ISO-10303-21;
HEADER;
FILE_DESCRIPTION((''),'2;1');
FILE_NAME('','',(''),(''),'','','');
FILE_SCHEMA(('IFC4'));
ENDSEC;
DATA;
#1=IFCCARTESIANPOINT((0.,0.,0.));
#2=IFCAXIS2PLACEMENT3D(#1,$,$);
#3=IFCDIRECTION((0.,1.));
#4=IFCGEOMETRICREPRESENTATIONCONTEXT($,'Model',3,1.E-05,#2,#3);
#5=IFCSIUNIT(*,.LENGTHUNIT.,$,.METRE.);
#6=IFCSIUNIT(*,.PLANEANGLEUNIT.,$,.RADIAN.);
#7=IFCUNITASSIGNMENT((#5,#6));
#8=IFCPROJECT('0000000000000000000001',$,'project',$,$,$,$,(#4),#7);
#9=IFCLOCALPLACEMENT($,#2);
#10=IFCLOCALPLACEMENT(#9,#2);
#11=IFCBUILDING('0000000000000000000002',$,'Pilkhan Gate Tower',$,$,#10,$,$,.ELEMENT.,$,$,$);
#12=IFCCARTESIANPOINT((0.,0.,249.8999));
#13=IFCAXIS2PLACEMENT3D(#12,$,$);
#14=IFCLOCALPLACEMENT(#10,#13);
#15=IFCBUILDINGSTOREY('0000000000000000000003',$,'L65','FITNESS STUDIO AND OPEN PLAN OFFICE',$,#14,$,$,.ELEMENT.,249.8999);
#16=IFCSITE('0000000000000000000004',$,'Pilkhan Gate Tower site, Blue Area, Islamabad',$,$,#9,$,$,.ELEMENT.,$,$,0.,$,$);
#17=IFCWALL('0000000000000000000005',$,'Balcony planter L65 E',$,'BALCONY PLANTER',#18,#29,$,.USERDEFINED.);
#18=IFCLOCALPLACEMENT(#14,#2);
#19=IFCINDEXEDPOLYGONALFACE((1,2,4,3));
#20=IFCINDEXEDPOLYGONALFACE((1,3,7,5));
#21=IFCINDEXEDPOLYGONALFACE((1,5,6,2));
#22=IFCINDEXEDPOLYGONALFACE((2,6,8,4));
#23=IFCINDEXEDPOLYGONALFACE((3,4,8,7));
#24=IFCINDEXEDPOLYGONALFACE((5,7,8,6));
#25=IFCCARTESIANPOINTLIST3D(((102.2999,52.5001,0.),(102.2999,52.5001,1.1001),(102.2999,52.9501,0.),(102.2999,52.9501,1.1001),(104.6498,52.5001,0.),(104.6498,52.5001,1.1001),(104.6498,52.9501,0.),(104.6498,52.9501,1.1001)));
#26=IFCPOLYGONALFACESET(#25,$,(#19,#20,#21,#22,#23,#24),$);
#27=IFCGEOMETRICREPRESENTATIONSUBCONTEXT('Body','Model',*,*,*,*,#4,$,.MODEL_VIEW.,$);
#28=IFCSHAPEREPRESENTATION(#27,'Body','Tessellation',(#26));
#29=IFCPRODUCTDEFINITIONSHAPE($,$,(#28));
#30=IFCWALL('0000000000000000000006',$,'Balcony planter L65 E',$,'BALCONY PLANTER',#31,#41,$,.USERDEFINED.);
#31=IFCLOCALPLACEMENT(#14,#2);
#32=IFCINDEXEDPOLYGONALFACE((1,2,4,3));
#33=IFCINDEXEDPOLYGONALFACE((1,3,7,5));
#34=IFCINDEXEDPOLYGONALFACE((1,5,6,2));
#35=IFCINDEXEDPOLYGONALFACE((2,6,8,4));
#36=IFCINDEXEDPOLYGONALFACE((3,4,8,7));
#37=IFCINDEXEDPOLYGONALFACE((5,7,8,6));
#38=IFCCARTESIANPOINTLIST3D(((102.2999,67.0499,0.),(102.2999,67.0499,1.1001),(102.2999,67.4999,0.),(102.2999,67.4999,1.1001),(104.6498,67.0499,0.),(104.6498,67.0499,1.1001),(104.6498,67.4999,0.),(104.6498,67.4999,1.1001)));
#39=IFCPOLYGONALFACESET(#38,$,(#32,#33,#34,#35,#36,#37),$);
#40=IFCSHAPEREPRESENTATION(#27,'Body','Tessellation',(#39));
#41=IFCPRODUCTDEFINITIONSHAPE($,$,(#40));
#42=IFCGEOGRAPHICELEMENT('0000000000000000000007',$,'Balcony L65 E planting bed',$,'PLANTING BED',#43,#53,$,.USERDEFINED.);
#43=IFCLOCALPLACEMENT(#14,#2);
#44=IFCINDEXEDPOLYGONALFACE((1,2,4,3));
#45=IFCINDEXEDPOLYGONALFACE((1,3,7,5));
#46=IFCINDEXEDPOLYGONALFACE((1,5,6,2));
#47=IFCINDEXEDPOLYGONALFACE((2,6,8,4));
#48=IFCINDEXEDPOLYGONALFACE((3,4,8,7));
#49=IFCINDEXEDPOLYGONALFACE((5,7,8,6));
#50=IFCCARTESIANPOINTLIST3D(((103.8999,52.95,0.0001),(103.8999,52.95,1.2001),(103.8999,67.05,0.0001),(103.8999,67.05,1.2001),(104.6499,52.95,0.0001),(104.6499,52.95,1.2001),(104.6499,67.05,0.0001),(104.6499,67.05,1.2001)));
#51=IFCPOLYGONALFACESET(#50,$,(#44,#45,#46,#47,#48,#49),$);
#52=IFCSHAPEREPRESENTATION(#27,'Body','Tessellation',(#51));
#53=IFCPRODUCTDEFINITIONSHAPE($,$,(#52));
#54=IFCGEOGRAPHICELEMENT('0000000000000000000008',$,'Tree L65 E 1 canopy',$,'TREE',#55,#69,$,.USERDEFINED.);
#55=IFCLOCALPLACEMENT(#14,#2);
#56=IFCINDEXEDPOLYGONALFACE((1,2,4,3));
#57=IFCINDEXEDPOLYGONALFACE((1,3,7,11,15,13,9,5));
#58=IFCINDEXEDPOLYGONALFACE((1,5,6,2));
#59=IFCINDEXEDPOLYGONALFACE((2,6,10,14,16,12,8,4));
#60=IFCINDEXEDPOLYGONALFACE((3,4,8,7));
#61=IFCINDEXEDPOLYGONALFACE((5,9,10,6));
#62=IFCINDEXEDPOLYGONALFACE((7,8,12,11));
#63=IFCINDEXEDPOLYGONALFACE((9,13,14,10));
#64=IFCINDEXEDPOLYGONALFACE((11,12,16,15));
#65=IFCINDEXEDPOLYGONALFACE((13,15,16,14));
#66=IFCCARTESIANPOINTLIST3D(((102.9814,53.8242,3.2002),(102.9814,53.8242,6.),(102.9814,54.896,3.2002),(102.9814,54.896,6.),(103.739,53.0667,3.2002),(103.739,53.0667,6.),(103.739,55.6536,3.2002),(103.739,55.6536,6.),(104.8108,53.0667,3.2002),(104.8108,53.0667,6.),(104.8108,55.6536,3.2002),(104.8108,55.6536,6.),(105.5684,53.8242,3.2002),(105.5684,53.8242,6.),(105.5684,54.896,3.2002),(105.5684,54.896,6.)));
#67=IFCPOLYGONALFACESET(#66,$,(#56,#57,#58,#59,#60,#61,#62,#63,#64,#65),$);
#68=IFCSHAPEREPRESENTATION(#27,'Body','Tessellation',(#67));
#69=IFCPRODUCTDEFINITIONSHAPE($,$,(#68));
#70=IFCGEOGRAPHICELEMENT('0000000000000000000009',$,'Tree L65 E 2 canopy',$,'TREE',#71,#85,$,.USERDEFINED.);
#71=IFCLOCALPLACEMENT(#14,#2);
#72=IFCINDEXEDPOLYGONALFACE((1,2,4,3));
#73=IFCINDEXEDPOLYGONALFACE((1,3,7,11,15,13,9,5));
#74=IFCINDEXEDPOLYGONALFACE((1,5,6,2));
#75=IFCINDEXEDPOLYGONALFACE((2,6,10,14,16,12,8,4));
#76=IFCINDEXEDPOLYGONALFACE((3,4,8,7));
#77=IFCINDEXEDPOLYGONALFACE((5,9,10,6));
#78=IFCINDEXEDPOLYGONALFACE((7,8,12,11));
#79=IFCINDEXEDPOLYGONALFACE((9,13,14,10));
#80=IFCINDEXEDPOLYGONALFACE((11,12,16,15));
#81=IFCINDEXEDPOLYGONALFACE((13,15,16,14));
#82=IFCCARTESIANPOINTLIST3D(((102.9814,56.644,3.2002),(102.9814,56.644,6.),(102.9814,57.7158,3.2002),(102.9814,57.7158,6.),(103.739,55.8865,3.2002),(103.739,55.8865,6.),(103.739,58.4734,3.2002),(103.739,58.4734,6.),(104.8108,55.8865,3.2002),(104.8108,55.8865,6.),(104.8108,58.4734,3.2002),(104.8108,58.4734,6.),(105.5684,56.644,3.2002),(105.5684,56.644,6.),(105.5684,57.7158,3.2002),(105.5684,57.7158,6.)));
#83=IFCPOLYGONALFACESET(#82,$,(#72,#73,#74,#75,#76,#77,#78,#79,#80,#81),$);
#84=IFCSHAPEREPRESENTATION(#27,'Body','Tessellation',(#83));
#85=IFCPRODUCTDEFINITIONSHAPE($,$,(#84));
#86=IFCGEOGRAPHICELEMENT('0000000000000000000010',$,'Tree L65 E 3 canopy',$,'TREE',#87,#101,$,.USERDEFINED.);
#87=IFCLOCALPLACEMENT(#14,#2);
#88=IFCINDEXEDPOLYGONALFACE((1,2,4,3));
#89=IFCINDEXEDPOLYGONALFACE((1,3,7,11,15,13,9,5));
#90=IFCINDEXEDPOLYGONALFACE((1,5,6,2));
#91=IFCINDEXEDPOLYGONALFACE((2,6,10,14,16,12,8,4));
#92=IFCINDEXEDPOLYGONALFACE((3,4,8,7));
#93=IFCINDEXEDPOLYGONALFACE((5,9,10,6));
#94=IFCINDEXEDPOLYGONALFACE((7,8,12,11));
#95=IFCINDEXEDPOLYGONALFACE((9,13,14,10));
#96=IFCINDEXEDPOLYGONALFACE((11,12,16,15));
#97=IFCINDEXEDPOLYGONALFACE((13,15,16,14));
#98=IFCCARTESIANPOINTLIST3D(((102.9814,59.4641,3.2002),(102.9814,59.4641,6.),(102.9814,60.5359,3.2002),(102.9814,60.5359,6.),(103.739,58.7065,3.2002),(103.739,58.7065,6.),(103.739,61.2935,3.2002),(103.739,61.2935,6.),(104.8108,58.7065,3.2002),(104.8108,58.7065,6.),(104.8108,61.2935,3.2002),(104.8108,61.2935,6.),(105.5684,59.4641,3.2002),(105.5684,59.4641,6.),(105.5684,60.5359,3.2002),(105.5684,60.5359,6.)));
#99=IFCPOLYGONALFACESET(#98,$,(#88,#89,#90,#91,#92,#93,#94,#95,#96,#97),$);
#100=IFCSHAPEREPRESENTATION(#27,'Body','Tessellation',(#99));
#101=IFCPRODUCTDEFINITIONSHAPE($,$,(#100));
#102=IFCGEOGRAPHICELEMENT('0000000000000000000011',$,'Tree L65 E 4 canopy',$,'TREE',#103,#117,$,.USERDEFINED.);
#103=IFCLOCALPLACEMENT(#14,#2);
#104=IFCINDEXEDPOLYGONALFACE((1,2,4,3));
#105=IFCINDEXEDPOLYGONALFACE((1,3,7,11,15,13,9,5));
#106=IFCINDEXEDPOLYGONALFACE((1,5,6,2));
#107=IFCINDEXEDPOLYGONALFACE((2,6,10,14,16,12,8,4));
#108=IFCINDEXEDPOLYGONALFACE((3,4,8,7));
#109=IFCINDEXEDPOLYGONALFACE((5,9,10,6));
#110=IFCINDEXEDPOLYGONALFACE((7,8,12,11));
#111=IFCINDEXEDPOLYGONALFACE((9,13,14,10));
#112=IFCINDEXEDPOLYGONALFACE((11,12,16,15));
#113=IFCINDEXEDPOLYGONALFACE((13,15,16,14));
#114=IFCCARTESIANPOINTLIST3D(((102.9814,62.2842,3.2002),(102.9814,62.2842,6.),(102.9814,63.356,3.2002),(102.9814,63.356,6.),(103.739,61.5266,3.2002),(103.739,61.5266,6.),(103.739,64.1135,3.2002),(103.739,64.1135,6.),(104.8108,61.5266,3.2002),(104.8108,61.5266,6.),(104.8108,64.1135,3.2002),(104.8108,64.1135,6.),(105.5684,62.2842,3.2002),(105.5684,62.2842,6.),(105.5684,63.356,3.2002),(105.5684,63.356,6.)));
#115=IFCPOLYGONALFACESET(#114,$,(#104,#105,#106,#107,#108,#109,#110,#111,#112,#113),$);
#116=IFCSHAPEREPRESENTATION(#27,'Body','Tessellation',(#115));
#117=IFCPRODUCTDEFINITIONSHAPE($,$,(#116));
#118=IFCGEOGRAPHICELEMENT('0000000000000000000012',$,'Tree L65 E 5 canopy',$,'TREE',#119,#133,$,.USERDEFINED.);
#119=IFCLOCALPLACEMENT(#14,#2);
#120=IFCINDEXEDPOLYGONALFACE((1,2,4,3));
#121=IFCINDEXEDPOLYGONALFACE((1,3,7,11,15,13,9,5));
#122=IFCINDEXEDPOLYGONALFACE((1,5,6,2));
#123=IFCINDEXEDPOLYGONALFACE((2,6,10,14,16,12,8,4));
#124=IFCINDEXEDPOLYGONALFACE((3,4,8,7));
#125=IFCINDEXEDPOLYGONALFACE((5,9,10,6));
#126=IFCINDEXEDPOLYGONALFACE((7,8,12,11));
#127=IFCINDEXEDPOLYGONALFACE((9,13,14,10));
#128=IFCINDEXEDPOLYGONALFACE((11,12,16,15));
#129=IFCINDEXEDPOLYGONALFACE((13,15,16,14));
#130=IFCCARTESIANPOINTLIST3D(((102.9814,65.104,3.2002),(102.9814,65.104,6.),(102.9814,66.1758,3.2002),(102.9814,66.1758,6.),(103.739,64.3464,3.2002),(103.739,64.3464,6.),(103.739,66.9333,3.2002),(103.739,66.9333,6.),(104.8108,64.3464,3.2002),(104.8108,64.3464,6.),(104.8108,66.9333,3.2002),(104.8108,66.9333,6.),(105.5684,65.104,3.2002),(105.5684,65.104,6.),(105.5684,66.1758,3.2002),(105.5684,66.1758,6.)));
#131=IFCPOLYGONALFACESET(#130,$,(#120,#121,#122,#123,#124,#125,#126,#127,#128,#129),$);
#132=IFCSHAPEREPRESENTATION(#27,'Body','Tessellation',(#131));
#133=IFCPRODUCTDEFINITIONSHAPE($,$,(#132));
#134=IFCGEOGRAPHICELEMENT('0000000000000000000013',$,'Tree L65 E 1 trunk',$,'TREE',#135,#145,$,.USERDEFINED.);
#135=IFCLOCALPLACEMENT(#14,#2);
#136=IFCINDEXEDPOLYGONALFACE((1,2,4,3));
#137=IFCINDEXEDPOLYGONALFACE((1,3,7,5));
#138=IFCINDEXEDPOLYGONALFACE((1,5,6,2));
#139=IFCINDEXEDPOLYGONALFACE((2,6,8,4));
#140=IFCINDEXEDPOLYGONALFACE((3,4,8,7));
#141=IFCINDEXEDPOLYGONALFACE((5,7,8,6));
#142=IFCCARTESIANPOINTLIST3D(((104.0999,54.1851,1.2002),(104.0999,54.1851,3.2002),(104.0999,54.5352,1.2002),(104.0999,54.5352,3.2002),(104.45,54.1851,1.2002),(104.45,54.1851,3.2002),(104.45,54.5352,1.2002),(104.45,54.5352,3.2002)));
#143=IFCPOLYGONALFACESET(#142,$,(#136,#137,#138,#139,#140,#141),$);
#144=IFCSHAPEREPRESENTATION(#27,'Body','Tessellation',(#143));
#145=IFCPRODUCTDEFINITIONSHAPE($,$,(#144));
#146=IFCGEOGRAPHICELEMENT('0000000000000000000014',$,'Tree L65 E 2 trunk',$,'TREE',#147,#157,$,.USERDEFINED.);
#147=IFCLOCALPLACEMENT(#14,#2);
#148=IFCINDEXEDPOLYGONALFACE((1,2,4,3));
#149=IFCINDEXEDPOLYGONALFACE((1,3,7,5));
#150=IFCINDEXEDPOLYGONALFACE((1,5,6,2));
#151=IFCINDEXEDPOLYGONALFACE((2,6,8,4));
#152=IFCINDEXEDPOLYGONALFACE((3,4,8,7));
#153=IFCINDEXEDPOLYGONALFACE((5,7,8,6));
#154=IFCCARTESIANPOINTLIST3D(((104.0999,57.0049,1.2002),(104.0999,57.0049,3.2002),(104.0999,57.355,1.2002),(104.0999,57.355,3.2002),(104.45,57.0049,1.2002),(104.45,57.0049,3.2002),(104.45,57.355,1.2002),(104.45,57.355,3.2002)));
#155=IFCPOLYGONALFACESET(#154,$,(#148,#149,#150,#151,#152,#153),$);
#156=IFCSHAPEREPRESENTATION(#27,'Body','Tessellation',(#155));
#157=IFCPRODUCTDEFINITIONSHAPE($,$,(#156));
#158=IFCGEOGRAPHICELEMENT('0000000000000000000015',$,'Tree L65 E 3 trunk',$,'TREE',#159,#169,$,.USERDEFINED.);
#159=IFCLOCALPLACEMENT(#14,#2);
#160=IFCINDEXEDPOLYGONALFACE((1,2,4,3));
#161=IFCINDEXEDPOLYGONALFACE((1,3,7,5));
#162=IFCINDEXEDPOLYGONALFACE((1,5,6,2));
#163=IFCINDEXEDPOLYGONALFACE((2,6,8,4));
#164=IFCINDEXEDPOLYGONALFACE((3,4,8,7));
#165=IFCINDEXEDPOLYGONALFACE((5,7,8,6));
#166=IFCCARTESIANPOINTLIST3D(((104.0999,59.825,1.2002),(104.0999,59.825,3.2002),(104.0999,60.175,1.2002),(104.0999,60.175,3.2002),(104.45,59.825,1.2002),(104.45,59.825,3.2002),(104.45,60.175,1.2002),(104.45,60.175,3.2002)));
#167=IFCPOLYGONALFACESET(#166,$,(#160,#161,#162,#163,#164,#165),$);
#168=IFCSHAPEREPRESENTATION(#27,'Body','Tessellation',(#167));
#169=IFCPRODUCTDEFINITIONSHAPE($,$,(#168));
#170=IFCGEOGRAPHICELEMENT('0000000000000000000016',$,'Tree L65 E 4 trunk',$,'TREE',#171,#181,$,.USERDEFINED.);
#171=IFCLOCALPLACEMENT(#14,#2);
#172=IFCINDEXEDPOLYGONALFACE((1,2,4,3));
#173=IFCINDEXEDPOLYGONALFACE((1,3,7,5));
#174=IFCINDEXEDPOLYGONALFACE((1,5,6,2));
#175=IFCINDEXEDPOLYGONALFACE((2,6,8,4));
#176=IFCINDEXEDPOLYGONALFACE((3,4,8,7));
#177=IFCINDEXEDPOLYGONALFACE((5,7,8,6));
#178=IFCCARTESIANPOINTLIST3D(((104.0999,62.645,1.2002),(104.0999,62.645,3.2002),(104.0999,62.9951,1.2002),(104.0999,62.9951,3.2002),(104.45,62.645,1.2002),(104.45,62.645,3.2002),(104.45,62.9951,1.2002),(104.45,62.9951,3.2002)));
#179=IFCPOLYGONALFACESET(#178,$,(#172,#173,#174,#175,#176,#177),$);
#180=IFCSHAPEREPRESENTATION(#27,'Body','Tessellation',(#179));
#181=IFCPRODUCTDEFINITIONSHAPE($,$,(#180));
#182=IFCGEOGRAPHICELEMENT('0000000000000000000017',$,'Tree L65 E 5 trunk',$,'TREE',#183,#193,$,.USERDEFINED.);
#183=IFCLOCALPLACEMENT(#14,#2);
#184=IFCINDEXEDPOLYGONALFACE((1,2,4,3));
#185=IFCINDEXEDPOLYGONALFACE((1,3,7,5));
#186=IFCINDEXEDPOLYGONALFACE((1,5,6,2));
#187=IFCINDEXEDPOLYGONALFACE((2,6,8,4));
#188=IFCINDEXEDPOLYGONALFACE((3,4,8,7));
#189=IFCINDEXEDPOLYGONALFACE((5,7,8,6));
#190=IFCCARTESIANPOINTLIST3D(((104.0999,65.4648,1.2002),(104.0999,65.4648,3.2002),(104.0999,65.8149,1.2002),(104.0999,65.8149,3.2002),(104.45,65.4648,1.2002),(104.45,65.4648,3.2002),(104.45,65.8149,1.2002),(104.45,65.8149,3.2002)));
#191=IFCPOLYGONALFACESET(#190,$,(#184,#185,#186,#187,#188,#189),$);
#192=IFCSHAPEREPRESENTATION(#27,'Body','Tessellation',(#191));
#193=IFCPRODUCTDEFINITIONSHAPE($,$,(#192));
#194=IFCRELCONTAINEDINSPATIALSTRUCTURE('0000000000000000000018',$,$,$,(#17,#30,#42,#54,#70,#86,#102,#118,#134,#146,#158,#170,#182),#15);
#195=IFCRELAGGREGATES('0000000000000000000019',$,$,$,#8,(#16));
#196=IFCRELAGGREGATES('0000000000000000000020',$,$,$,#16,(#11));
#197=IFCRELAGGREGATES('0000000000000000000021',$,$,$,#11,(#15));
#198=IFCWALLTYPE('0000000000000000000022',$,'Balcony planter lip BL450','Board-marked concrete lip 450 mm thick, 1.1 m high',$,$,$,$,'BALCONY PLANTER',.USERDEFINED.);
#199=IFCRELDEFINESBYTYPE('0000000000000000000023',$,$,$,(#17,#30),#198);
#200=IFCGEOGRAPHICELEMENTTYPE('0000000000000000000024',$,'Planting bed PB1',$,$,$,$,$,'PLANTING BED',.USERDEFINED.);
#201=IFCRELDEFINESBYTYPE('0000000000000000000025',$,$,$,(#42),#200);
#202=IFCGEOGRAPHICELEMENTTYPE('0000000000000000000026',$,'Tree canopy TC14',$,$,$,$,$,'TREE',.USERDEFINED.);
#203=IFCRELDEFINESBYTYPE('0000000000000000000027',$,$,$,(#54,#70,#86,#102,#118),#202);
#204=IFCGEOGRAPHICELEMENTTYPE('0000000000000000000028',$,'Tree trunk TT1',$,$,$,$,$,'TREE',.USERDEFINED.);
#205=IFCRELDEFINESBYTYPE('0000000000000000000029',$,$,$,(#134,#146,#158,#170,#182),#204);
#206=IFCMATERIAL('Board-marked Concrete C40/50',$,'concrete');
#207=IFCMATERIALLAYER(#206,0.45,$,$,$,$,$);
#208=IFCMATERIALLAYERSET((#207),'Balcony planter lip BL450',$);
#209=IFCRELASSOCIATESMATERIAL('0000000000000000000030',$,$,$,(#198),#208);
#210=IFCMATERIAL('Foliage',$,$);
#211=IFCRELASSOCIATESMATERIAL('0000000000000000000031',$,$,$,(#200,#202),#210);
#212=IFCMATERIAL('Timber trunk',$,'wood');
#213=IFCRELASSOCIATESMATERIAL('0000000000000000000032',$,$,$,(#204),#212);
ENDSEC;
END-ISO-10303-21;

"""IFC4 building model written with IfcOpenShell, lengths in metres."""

from ifc_helpers import new_model, si_unit, direction, frame, frame_2d, origin, origin_2d, place, context, subcontext, project, spatial, polyline, rectangle, outline, extrude, material, layer, layer_set, material_profile, profile_set, type_object, element, save


model = new_model("IFC4")

# Units and contexts
model_context = context("Model", 3, precision=1e-05, world=origin(), true_north=direction((0.0, 1.0)))
body_context = subcontext(model_context, "Body", "Model", "MODEL_VIEW")
ifc_project = project(units=[si_unit("LENGTHUNIT", "METRE"), si_unit("PLANEANGLEUNIT", "RADIAN")], contexts=[model_context])

# Site, building, storey
site_placement = place(None, origin())
site = spatial("IfcSite", under=ifc_project, at=site_placement, Name="Pilkhan Gate Tower site, Blue Area, Islamabad", CompositionType="ELEMENT", RefElevation=0.0)
building_placement = place(site_placement, origin())
building = spatial("IfcBuilding", under=site, at=building_placement, Name="Pilkhan Gate Tower", CompositionType="ELEMENT")
storey_placement = place(building_placement, frame((0.0, 0.0, 249.8999)))
storey = spatial("IfcBuildingStorey", under=building, at=storey_placement, Name="L65", Description="FITNESS STUDIO AND OPEN PLAN OFFICE", CompositionType="ELEMENT", Elevation=249.8999)

# Walls
ifc_material_1 = material(Name="Board-marked Concrete C40/50", Category="concrete")
ifc_layer_1 = layer(ifc_material_1, 0.45)
ifc_layer_set_1 = layer_set([ifc_layer_1], Name="Balcony planter lip BL450")
wall_type_1 = type_object("IfcWallType", Name="Balcony planter lip BL450", Description="Board-marked concrete lip 450 mm thick, 1.1 m high", ElementType="BALCONY PLANTER", PredefinedType="USERDEFINED", material=ifc_layer_set_1)
for number, where, z_axis, x_axis, name in (
    (1, (102.3, 52.7251, 0.0), (0.0, 0.0, 1.0), (1.0, 0.0, 0.0), "Balcony planter L65 E"),
    (2, (102.3, 67.2749, 0.0), (0.0, 0.0, 1.0), (1.0, 0.0, 0.0), "Balcony planter L65 E"),
):
    element("IfcWall", number, at=place(storey_placement, frame(where, z_axis=z_axis, x_axis=x_axis)), inside=storey, type_object=wall_type_1, Name=name, ObjectType="BALCONY PLANTER", PredefinedType="USERDEFINED", context=body_context, shape_type="SweptSolid", body=[
        extrude(rectangle(XDim=2.3499, YDim=0.45, at=frame_2d((1.1748, 0.0))), origin(), (0.0, 0.0, 1.0), 1.1001),
    ])

# Geographic elements
ifc_material_2 = material(Name="Foliage")
ifc_material_profile_1 = material_profile(ifc_material_2, rectangle(XDim=0.75, YDim=1.2, at=origin_2d()), Name="Bed 750x1200")
ifc_profile_set_1 = profile_set([ifc_material_profile_1], Name="Foliage")
geographic_element_type_1 = type_object("IfcGeographicElementType", Name="Planting bed PB1", ElementType="PLANTING BED", PredefinedType="USERDEFINED", material=ifc_profile_set_1)
geographic_element_placement = place(storey_placement, frame((104.2749, 52.95, 0.6001), z_axis=(0.0, 1.0, 0.0), x_axis=(-1.0, 0.0, 0.0)))
element("IfcGeographicElement", 3, at=geographic_element_placement, inside=storey, type_object=geographic_element_type_1, Name="Balcony L65 E planting bed", ObjectType="PLANTING BED", PredefinedType="USERDEFINED", context=body_context, shape_type="SweptSolid", body=[
    extrude(rectangle(XDim=0.75, YDim=1.2, at=origin_2d()), origin(), (0.0, 0.0, 1.0), 14.1001),
])
ifc_material_profile_2 = material_profile(ifc_material_2, outline(polyline([(1.2935, 0.5359), (0.5359, 1.2935), (-0.5359, 1.2935), (-1.2935, 0.5359), (-1.2935, -0.5359), (-0.5359, -1.2935), (0.5359, -1.2935), (1.2935, -0.5359), (1.2935, 0.5359)])), Name="Canopy D2.8")
ifc_profile_set_2 = profile_set([ifc_material_profile_2], Name="Foliage")
geographic_element_type_2 = type_object("IfcGeographicElementType", Name="Tree canopy TC14", ElementType="TREE", PredefinedType="USERDEFINED", material=ifc_profile_set_2)
for number, where, z_axis, x_axis, name in (
    (4, (104.2749, 54.3601, 3.2002), (0.0, 0.0, 1.0), (1.0, 0.0, 0.0), "Tree L65 E 1 canopy"),
    (5, (104.2749, 57.1799, 3.2002), (0.0, 0.0, 1.0), (1.0, 0.0, 0.0), "Tree L65 E 2 canopy"),
    (6, (104.2749, 60.0, 3.2002), (0.0, 0.0, 1.0), (1.0, 0.0, 0.0), "Tree L65 E 3 canopy"),
    (7, (104.2749, 62.8201, 3.2002), (0.0, 0.0, 1.0), (1.0, 0.0, 0.0), "Tree L65 E 4 canopy"),
    (8, (104.2749, 65.6399, 3.2002), (0.0, 0.0, 1.0), (1.0, 0.0, 0.0), "Tree L65 E 5 canopy"),
):
    element("IfcGeographicElement", number, at=place(storey_placement, frame(where, z_axis=z_axis, x_axis=x_axis)), inside=storey, type_object=geographic_element_type_2, Name=name, ObjectType="TREE", PredefinedType="USERDEFINED", context=body_context, shape_type="SweptSolid", body=[
        extrude(outline(polyline([(1.2935, 0.5359), (0.5359, 1.2935), (-0.5359, 1.2935), (-1.2935, 0.5359), (-1.2935, -0.5359), (-0.5359, -1.2935), (0.5359, -1.2935), (1.2935, -0.5359), (1.2935, 0.5359)])), origin(), (0.0, 0.0, 1.0), 2.7998),
    ])
ifc_material_3 = material(Name="Timber trunk", Category="wood")
geographic_element_type_3 = type_object("IfcGeographicElementType", Name="Tree trunk TT1", ElementType="TREE", PredefinedType="USERDEFINED", material=ifc_material_3)
for number, where, z_axis, x_axis, name in (
    (9, (104.2749, 54.3601, 1.2002), (0.0, 0.0, 1.0), (1.0, 0.0, 0.0), "Tree L65 E 1 trunk"),
    (10, (104.2749, 57.1799, 1.2002), (0.0, 0.0, 1.0), (1.0, 0.0, 0.0), "Tree L65 E 2 trunk"),
    (11, (104.2749, 60.0, 1.2002), (0.0, 0.0, 1.0), (1.0, 0.0, 0.0), "Tree L65 E 3 trunk"),
    (12, (104.2749, 62.8201, 1.2002), (0.0, 0.0, 1.0), (1.0, 0.0, 0.0), "Tree L65 E 4 trunk"),
    (13, (104.2749, 65.6399, 1.2002), (0.0, 0.0, 1.0), (1.0, 0.0, 0.0), "Tree L65 E 5 trunk"),
):
    element("IfcGeographicElement", number, at=place(storey_placement, frame(where, z_axis=z_axis, x_axis=x_axis)), inside=storey, type_object=geographic_element_type_3, Name=name, ObjectType="TREE", PredefinedType="USERDEFINED", context=body_context, shape_type="SweptSolid", body=[
        extrude(rectangle(XDim=0.3501, YDim=0.3501, at=origin_2d()), origin(), (0.0, 0.0, 1.0), 2.0),
    ])

save(model, "model.ifc")
